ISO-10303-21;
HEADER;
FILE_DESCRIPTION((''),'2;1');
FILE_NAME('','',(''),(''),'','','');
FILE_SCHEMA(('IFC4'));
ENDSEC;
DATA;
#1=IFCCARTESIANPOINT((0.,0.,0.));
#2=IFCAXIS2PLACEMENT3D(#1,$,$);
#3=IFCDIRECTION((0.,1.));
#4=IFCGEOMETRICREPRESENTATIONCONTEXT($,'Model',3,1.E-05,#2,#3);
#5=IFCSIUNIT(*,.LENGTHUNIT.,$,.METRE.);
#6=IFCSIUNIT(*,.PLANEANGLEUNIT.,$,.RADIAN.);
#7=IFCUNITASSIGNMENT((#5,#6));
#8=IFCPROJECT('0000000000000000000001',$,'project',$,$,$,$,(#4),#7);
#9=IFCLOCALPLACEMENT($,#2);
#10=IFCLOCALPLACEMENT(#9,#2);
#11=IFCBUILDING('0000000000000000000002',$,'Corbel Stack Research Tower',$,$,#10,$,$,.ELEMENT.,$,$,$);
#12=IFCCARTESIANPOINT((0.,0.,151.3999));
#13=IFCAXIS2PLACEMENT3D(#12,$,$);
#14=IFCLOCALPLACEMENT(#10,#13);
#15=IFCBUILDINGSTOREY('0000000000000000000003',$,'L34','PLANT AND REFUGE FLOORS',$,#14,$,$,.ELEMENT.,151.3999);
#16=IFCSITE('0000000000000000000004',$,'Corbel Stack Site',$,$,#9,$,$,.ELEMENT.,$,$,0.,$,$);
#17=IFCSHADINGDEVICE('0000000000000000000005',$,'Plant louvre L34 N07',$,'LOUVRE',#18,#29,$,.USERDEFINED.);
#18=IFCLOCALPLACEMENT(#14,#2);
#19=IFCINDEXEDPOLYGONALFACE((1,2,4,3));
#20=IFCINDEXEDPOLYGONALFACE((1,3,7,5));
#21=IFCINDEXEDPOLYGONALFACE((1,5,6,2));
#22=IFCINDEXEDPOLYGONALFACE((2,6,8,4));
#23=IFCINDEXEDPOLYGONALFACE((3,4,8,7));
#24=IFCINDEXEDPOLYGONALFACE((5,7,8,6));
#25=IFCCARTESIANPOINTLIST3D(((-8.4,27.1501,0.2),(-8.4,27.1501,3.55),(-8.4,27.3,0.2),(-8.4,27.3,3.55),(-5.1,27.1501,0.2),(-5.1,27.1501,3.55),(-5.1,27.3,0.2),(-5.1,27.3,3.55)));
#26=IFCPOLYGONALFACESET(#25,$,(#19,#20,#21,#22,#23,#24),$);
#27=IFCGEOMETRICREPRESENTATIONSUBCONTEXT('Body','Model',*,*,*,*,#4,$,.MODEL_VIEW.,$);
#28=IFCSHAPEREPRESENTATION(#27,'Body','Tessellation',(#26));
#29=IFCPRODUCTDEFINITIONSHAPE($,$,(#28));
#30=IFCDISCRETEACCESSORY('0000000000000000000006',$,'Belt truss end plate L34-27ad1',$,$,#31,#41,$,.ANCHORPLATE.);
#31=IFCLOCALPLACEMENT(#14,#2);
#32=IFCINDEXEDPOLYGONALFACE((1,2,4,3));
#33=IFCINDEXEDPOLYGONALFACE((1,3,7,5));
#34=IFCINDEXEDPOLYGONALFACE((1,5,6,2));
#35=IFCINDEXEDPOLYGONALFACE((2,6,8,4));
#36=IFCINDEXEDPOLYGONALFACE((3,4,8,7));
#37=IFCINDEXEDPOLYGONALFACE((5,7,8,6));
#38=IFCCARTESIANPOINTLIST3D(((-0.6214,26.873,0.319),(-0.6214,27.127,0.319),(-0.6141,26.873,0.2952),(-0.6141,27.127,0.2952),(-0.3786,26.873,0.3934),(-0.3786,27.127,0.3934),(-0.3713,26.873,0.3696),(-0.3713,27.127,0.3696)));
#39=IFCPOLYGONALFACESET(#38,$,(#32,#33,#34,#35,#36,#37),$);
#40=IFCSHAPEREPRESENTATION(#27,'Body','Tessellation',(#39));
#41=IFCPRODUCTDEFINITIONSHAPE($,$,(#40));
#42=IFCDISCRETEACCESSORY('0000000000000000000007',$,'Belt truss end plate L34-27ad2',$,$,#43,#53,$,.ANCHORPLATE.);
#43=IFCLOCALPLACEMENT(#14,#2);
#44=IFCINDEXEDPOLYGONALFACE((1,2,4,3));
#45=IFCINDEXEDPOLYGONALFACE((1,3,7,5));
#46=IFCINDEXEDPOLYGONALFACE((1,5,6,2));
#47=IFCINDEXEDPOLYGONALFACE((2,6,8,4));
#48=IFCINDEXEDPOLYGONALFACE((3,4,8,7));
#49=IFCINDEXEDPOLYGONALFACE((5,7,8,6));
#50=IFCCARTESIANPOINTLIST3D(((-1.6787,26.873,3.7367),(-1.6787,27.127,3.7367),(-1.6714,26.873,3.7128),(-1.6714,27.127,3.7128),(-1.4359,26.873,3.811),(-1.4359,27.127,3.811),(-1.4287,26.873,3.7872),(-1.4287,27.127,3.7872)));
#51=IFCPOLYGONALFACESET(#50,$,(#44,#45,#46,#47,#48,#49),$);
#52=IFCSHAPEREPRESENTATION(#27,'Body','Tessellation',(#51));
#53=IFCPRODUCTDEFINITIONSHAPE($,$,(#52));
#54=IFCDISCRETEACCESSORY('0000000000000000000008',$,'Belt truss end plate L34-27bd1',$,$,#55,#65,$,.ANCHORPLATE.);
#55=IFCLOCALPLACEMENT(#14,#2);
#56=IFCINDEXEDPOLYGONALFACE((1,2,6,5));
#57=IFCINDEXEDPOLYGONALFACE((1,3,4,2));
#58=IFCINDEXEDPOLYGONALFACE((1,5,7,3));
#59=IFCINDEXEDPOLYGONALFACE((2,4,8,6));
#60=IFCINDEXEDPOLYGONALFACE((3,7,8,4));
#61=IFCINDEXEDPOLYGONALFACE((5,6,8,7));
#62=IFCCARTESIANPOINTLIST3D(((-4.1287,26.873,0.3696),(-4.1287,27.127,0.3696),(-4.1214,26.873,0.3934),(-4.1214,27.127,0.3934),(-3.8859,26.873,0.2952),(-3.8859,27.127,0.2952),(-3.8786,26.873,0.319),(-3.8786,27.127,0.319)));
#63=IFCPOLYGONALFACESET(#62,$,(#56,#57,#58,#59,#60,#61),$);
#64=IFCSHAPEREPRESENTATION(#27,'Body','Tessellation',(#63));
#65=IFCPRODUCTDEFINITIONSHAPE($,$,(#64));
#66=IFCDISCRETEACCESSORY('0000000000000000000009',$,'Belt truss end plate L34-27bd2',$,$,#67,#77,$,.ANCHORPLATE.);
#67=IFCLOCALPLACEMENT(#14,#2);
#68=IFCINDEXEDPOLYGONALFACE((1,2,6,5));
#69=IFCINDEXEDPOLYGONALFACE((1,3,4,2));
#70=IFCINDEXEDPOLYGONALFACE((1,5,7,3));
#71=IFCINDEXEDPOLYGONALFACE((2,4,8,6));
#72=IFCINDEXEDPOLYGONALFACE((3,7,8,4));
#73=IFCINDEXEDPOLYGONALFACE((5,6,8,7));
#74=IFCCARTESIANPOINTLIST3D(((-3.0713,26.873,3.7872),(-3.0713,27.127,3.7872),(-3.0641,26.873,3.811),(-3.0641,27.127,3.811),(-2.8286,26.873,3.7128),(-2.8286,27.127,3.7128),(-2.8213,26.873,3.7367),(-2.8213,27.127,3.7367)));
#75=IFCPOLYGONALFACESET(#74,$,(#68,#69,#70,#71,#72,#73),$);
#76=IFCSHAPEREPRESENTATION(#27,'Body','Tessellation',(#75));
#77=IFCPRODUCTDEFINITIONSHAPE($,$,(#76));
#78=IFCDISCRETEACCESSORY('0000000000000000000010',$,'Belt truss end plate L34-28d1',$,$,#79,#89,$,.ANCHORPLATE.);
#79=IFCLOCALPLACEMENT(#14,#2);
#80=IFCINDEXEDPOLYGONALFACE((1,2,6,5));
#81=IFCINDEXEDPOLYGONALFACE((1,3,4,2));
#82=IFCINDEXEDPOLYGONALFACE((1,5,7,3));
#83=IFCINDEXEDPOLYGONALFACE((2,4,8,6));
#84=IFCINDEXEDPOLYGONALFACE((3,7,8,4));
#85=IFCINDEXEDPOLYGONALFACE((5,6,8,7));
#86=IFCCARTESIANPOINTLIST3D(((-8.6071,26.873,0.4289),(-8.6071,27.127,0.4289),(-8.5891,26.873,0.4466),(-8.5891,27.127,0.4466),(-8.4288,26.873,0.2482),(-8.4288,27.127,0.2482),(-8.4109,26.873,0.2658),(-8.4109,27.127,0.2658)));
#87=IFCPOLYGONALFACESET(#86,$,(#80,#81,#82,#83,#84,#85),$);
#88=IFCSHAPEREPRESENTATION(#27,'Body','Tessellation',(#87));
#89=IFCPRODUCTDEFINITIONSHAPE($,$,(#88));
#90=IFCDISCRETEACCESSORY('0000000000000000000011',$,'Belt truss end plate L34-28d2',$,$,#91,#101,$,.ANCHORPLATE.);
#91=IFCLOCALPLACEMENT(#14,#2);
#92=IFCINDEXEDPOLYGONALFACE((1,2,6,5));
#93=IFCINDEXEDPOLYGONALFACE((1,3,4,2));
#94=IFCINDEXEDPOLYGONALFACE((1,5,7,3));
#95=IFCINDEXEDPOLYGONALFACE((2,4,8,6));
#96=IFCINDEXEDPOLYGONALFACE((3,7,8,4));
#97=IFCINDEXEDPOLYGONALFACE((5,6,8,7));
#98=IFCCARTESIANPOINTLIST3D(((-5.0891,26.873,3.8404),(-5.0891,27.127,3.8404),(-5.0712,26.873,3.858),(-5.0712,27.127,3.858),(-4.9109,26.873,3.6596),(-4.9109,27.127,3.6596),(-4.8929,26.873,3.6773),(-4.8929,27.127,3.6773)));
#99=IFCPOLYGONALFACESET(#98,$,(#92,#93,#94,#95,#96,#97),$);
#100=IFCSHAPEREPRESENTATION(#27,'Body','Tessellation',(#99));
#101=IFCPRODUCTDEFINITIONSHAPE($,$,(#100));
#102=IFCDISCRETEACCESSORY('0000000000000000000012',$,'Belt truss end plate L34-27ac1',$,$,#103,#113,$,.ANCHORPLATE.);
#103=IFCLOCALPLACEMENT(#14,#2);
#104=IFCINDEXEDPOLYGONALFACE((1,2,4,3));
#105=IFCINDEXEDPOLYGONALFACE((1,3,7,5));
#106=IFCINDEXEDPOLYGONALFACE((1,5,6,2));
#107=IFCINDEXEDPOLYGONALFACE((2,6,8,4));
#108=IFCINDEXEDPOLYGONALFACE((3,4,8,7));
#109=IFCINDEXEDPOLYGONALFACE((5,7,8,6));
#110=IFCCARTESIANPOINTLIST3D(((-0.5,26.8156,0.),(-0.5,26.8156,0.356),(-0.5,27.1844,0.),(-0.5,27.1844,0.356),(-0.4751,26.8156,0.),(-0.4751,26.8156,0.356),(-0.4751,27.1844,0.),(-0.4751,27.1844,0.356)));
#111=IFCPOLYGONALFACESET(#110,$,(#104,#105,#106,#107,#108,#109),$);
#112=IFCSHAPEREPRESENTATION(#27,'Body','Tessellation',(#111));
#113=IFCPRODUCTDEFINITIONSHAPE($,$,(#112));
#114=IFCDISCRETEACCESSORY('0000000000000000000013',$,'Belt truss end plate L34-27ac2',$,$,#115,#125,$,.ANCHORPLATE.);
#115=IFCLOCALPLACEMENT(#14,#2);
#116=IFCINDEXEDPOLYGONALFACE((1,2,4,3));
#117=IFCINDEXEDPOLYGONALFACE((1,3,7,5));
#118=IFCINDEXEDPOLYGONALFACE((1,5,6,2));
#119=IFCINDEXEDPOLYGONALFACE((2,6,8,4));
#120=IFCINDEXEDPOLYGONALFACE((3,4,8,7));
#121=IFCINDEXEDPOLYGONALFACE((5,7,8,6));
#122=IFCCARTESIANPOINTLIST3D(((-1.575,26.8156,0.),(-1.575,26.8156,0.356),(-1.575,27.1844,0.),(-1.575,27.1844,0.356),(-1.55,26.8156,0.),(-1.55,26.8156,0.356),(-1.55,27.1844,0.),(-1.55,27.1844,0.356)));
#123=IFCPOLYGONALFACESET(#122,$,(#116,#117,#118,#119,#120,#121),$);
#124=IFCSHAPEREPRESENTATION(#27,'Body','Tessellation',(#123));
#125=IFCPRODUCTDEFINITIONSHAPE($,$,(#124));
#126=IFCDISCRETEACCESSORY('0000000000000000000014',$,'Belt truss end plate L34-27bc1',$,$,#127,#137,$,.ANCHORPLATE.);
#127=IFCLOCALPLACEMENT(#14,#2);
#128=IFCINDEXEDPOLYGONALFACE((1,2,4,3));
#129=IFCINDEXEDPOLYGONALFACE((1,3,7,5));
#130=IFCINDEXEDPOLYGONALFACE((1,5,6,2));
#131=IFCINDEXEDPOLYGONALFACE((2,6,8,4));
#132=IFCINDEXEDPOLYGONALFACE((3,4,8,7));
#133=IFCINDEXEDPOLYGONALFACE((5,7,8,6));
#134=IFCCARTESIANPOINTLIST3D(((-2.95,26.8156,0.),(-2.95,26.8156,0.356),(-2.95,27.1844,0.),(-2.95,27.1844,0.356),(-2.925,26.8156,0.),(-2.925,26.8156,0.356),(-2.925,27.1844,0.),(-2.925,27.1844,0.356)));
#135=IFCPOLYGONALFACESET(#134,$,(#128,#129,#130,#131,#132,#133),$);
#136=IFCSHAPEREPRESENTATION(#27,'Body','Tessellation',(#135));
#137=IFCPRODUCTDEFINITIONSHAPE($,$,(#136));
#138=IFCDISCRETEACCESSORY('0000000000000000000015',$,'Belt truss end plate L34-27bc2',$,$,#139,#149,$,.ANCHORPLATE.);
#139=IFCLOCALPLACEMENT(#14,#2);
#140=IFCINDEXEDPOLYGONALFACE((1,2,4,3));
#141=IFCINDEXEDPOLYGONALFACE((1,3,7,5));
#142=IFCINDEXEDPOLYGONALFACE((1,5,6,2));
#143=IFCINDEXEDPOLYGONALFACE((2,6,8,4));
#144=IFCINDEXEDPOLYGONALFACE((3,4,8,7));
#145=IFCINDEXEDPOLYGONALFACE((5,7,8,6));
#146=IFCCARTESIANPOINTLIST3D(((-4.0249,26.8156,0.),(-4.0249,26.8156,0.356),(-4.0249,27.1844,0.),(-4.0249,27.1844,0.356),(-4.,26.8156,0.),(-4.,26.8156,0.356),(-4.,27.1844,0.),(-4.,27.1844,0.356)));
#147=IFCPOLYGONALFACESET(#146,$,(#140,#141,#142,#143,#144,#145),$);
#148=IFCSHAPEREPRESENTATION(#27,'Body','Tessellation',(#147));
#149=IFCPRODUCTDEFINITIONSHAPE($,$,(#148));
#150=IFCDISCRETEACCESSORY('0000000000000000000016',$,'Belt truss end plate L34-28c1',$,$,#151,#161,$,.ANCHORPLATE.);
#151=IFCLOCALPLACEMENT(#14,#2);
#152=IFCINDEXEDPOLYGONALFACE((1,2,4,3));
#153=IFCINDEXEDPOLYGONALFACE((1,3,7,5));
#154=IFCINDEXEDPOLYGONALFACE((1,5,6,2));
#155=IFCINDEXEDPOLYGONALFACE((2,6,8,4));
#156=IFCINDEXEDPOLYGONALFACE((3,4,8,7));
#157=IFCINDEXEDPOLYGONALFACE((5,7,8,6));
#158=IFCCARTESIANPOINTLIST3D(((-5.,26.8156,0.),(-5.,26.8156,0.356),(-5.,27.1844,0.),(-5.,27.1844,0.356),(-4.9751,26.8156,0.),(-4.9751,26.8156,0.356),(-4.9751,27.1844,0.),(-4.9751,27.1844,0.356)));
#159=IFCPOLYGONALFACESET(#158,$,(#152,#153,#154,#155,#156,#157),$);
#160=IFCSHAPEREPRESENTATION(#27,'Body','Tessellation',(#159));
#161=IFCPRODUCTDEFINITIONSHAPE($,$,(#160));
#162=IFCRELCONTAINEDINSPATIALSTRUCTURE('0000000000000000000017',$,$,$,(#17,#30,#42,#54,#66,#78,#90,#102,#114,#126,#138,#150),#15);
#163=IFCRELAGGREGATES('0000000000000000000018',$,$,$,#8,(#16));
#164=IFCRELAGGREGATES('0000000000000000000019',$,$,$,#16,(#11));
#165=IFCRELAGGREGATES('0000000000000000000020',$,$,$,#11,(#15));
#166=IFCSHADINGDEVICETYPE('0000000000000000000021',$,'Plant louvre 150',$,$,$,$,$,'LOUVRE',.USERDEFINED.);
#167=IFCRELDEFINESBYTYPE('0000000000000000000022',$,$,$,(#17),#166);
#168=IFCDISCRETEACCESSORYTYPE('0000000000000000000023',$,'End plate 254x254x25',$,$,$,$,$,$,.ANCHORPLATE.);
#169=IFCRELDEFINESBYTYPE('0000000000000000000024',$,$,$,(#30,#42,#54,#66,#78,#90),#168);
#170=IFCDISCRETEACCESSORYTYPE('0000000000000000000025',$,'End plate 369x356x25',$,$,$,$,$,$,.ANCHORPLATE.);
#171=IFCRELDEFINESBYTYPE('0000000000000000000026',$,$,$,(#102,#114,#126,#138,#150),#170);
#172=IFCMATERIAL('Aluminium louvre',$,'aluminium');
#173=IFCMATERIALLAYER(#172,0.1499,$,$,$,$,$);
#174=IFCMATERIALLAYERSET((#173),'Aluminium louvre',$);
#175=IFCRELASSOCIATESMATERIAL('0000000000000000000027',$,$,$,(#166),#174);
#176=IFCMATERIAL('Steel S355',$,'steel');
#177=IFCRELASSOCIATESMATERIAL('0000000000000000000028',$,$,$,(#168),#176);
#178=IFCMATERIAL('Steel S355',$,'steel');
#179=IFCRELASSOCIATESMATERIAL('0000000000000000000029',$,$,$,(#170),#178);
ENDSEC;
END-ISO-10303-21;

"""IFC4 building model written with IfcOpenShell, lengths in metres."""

from ifc_helpers import new_model, si_unit, direction, frame, origin, origin_2d, place, context, subcontext, project, spatial, rectangle, extrude, material, layer, layer_set, material_profile, profile_set, type_object, element, save


model = new_model("IFC4")

# Units and contexts
model_context = context("Model", 3, precision=1e-05, world=origin(), true_north=direction((0.0, 1.0)))
body_context = subcontext(model_context, "Body", "Model", "MODEL_VIEW")
ifc_project = project(units=[si_unit("LENGTHUNIT", "METRE"), si_unit("PLANEANGLEUNIT", "RADIAN")], contexts=[model_context])

# Site, building, storey
site_placement = place(None, origin())
site = spatial("IfcSite", under=ifc_project, at=site_placement, Name="Corbel Stack Site", CompositionType="ELEMENT", RefElevation=0.0)
building_placement = place(site_placement, origin())
building = spatial("IfcBuilding", under=site, at=building_placement, Name="Corbel Stack Research Tower", CompositionType="ELEMENT")
storey_placement = place(building_placement, frame((0.0, 0.0, 151.3999)))
storey = spatial("IfcBuildingStorey", under=building, at=storey_placement, Name="L34", Description="PLANT AND REFUGE FLOORS", CompositionType="ELEMENT", Elevation=151.3999)

# Shading device
ifc_material_1 = material(Name="Aluminium louvre", Category="aluminium")
ifc_layer_1 = layer(ifc_material_1, 0.1499)
ifc_layer_set_1 = layer_set([ifc_layer_1], Name="Aluminium louvre")
shading_device_type = type_object("IfcShadingDeviceType", Name="Plant louvre 150", ElementType="LOUVRE", PredefinedType="USERDEFINED", material=ifc_layer_set_1)
shading_device_placement = place(storey_placement, frame((-6.75, 27.2251, 0.2), z_axis=(0.0, 0.0, 1.0), x_axis=(-1.0, 0.0, 0.0)))
element("IfcShadingDevice", 1, at=shading_device_placement, inside=storey, type_object=shading_device_type, Name="Plant louvre L34 N07", ObjectType="LOUVRE", PredefinedType="USERDEFINED", context=body_context, shape_type="SweptSolid", body=[
    extrude(rectangle(XDim=3.3, YDim=0.1499, at=origin_2d()), origin(), (0.0, 0.0, 1.0), 3.3501),
])

# Discrete accessories
ifc_material_2 = material(Name="Steel S355", Category="steel")
ifc_material_profile_1 = material_profile(ifc_material_2, rectangle(XDim=0.2539, YDim=0.2539, at=origin_2d()), Name="End plate 254x254x25")
ifc_profile_set_1 = profile_set([ifc_material_profile_1], Name="Steel S355")
discrete_accessory_type_1 = type_object("IfcDiscreteAccessoryType", Name="End plate 254x254x25", PredefinedType="ANCHORPLATE", material=ifc_profile_set_1)
for number, where, z_axis, x_axis, name in (
    (2, (-0.5, 27.0, 0.3562), (0.292714, 0.0, -0.9562), (0.0, 1.0, 0.0), "Belt truss end plate L34-27ad1"),
    (3, (-1.55, 27.0, 3.75), (-0.292714, 0.0, 0.9562), (0.0, -1.0, 0.0), "Belt truss end plate L34-27ad2"),
    (4, (-4.0, 27.0, 0.3562), (-0.292714, 0.0, -0.9562), (0.0, -1.0, 0.0), "Belt truss end plate L34-27bd1"),
    (5, (-2.95, 27.0, 3.75), (0.292714, 0.0, 0.9562), (0.0, 1.0, 0.0), "Belt truss end plate L34-27bd2"),
):
    element("IfcDiscreteAccessory", number, at=place(storey_placement, frame(where, z_axis=z_axis, x_axis=x_axis)), inside=storey, type_object=discrete_accessory_type_1, Name=name, PredefinedType="ANCHORPLATE", context=body_context, shape_type="SweptSolid", body=[
        extrude(rectangle(XDim=0.2539, YDim=0.2539, at=origin_2d()), origin(), (0.0, 0.0, 1.0), 0.0249),
    ])
for number, where, z_axis, x_axis, name in (
    (6, (-8.5, 27.0, 0.3562), (-0.711966, 0.0, -0.702213), (0.0, -1.0, 0.0), "Belt truss end plate L34-28d1"),
    (7, (-5.0, 27.0, 3.75), (0.711966, 0.0, 0.702213), (0.0, 1.0, 0.0), "Belt truss end plate L34-28d2"),
):
    element("IfcDiscreteAccessory", number, at=place(storey_placement, frame(where, z_axis=z_axis, x_axis=x_axis)), inside=storey, type_object=discrete_accessory_type_1, Name=name, PredefinedType="ANCHORPLATE", context=body_context, shape_type="SweptSolid", body=[
        extrude(rectangle(XDim=0.2539, YDim=0.2539, at=origin_2d()), origin(), (0.0, 0.0, 1.0), 0.0251),
    ])
ifc_material_3 = material(Name="Steel S355", Category="steel")
ifc_material_profile_2 = material_profile(ifc_material_3, rectangle(XDim=0.3689, YDim=0.356, at=origin_2d()), Name="End plate 369x356x25")
ifc_profile_set_2 = profile_set([ifc_material_profile_2], Name="Steel S355")
discrete_accessory_type_2 = type_object("IfcDiscreteAccessoryType", Name="End plate 369x356x25", PredefinedType="ANCHORPLATE", material=ifc_profile_set_2)
for number, where, z_axis, x_axis, name in (
    (8, (-0.5, 27.0, 0.178), (1.0, 0.0, 0.0), (0.0, 1.0, 0.0), "Belt truss end plate L34-27ac1"),
    (9, (-1.55, 27.0, 0.178), (-1.0, 0.0, 0.0), (0.0, -1.0, 0.0), "Belt truss end plate L34-27ac2"),
    (10, (-2.95, 27.0, 0.178), (1.0, 0.0, 0.0), (0.0, 1.0, 0.0), "Belt truss end plate L34-27bc1"),
    (11, (-4.0, 27.0, 0.178), (-1.0, 0.0, 0.0), (0.0, -1.0, 0.0), "Belt truss end plate L34-27bc2"),
    (12, (-5.0, 27.0, 0.178), (1.0, 0.0, 0.0), (0.0, 1.0, 0.0), "Belt truss end plate L34-28c1"),
):
    element("IfcDiscreteAccessory", number, at=place(storey_placement, frame(where, z_axis=z_axis, x_axis=x_axis)), inside=storey, type_object=discrete_accessory_type_2, Name=name, PredefinedType="ANCHORPLATE", context=body_context, shape_type="SweptSolid", body=[
        extrude(rectangle(XDim=0.3689, YDim=0.356, at=origin_2d()), origin(), (0.0, 0.0, 1.0), 0.0249),
    ])

save(model, "model.ifc")
